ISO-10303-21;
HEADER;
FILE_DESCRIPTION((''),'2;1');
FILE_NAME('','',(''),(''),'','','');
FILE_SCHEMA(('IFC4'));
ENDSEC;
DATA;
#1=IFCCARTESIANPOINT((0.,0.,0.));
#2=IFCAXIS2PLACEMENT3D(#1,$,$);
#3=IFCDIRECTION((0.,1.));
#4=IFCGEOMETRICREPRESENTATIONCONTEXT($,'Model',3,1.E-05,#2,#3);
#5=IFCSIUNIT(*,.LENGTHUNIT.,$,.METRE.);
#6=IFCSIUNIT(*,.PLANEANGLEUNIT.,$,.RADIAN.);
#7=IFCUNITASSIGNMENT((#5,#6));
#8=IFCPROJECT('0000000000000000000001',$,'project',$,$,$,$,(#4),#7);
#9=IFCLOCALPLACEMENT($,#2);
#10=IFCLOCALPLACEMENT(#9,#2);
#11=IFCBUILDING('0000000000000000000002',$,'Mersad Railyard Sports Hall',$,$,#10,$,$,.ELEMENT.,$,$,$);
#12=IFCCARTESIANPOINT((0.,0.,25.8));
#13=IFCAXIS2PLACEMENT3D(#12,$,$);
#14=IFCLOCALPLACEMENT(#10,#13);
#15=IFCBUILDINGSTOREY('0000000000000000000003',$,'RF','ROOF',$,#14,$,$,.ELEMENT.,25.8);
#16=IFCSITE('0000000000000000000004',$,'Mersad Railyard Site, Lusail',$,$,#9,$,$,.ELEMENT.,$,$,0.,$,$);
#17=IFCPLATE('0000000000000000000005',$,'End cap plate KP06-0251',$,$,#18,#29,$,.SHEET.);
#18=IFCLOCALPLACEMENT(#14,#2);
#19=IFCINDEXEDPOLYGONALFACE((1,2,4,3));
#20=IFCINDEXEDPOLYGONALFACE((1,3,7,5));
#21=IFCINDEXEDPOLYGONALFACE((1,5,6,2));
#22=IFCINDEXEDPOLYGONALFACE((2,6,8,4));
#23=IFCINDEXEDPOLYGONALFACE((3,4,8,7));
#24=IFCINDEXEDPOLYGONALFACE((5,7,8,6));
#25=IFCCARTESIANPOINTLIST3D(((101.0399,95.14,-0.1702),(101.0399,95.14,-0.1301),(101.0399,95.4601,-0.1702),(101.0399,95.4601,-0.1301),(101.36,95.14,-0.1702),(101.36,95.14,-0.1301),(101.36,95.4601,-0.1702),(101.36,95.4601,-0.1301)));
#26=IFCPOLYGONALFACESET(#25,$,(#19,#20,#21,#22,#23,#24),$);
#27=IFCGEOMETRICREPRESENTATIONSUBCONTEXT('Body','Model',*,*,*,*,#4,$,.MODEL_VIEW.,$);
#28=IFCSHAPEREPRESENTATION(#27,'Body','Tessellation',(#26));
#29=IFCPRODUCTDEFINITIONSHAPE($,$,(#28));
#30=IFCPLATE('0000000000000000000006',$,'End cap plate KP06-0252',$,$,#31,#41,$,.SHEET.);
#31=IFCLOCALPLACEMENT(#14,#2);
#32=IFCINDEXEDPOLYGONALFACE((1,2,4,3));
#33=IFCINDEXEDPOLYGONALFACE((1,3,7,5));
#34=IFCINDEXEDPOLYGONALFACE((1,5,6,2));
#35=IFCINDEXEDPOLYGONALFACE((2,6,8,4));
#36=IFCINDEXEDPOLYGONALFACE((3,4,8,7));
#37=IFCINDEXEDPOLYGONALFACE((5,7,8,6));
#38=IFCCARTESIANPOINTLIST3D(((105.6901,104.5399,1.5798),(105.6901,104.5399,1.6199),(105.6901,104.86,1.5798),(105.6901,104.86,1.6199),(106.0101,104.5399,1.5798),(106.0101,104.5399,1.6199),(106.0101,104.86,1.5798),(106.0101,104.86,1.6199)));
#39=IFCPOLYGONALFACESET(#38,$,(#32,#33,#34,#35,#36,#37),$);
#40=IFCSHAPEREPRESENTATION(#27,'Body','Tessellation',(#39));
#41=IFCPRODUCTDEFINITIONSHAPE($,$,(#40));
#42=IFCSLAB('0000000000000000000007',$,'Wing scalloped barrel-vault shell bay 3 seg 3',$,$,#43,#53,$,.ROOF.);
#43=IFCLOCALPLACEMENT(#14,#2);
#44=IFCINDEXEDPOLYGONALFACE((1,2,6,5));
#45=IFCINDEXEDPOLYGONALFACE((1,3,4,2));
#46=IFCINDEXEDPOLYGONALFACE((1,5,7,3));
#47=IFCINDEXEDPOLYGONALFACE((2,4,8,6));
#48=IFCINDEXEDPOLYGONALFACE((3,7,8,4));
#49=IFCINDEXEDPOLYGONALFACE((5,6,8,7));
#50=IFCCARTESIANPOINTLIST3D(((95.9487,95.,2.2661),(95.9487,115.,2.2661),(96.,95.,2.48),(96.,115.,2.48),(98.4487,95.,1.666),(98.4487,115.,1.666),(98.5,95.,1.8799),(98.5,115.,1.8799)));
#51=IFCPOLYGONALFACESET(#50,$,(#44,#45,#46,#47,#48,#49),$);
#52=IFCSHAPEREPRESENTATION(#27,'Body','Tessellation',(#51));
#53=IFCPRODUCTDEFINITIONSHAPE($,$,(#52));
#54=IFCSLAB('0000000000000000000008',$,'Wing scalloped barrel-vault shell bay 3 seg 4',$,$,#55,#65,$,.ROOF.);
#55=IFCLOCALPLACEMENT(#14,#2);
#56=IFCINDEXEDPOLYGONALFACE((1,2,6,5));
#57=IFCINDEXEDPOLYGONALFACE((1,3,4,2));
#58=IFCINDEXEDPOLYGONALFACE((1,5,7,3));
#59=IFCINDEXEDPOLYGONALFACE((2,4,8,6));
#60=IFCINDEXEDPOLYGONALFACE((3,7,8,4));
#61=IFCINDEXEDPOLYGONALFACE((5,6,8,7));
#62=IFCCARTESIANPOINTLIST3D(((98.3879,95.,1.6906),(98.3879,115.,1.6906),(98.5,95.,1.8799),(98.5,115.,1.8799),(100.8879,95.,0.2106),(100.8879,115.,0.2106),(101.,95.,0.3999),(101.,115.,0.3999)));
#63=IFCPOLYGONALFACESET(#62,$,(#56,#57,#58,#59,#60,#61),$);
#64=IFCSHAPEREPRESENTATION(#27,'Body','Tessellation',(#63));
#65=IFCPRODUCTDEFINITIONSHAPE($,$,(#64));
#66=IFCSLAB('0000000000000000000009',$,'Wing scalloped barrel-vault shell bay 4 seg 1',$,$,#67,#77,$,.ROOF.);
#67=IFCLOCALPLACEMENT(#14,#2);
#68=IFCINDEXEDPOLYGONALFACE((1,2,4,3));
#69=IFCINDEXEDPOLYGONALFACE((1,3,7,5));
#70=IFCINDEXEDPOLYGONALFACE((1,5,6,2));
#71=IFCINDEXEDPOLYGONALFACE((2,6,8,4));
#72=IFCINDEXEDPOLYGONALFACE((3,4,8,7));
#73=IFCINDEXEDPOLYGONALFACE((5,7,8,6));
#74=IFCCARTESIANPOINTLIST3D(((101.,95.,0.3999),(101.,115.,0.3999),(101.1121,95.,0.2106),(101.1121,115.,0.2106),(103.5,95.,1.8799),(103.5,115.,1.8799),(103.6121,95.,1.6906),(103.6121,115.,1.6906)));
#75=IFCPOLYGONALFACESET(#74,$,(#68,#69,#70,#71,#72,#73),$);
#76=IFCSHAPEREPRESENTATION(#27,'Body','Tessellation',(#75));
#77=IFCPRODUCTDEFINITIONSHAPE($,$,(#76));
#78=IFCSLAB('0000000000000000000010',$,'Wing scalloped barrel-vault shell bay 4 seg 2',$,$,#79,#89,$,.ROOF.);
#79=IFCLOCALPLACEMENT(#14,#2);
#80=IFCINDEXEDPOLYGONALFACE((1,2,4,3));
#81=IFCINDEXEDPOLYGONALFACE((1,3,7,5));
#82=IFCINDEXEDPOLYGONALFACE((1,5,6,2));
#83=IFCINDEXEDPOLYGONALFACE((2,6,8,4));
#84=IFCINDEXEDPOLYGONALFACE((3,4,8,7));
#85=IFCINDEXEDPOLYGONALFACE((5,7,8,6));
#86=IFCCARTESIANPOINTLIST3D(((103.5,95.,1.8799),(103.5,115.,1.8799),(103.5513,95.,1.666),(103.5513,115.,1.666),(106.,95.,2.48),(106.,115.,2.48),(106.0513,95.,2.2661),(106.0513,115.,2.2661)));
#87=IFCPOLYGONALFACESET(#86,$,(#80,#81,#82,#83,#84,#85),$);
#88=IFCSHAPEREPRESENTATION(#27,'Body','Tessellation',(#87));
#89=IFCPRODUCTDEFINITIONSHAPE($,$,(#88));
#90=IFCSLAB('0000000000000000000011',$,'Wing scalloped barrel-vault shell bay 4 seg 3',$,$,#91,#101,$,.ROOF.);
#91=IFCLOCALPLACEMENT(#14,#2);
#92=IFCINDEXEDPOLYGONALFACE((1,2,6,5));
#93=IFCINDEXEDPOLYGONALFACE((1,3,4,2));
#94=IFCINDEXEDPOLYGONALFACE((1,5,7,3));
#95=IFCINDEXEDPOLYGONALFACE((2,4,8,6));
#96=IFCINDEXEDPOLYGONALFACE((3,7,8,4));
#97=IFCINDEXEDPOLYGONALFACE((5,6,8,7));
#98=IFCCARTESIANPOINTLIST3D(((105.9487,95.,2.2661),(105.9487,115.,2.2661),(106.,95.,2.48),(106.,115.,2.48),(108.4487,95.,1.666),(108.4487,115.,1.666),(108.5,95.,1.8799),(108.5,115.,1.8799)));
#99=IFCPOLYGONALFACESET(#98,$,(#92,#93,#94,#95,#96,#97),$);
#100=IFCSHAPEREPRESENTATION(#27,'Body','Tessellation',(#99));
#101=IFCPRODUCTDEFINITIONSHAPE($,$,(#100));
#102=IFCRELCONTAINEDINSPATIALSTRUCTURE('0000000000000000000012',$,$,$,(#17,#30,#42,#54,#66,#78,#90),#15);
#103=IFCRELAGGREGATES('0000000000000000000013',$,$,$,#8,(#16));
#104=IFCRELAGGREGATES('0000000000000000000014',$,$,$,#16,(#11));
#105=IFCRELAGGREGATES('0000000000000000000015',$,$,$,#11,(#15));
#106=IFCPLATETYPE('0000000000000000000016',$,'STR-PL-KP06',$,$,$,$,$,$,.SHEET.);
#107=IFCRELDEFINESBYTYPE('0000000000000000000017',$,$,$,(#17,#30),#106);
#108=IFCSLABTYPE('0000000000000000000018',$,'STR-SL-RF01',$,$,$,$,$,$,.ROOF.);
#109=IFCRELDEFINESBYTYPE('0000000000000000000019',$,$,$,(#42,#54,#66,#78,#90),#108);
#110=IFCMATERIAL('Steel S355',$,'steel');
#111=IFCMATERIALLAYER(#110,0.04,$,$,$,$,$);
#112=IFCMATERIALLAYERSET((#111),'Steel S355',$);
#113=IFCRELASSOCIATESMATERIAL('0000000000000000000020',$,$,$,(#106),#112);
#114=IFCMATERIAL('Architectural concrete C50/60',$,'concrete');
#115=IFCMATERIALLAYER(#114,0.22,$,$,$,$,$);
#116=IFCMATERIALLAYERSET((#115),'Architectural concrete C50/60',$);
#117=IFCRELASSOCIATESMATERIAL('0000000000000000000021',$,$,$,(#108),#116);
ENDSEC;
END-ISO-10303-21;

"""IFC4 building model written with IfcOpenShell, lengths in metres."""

from ifc_helpers import new_model, si_unit, direction, frame, origin, origin_2d, place, context, subcontext, project, spatial, polyline, rectangle, outline, extrude, material, layer, layer_set, type_object, element, save


model = new_model("IFC4")

# Units and contexts
model_context = context("Model", 3, precision=1e-05, world=origin(), true_north=direction((0.0, 1.0)))
body_context = subcontext(model_context, "Body", "Model", "MODEL_VIEW")
ifc_project = project(units=[si_unit("LENGTHUNIT", "METRE"), si_unit("PLANEANGLEUNIT", "RADIAN")], contexts=[model_context])

# Site, building, storey
site_placement = place(None, origin())
site = spatial("IfcSite", under=ifc_project, at=site_placement, Name="Mersad Railyard Site, Lusail", CompositionType="ELEMENT", RefElevation=0.0)
building_placement = place(site_placement, origin())
building = spatial("IfcBuilding", under=site, at=building_placement, Name="Mersad Railyard Sports Hall", CompositionType="ELEMENT")
storey_placement = place(building_placement, frame((0.0, 0.0, 25.8)))
storey = spatial("IfcBuildingStorey", under=building, at=storey_placement, Name="RF", Description="ROOF", CompositionType="ELEMENT", Elevation=25.8)

# Shared definitions
ifc_material_1 = material(Name="Steel S355", Category="steel")
ifc_material_2 = material(Name="Architectural concrete C50/60", Category="concrete")

# Plates
ifc_layer_1 = layer(ifc_material_1, 0.04)
ifc_layer_set_1 = layer_set([ifc_layer_1], Name="Steel S355")
plate_type = type_object("IfcPlateType", Name="STR-PL-KP06", PredefinedType="SHEET", material=ifc_layer_set_1)
for number, where, z_axis, x_axis, name in (
    (1, (101.2, 95.3, -0.1702), (0.0, 0.0, 1.0), (1.0, 0.0, 0.0), "End cap plate KP06-0251"),
    (2, (105.8501, 104.7, 1.5798), (0.0, 0.0, 1.0), (1.0, 0.0, 0.0), "End cap plate KP06-0252"),
):
    element("IfcPlate", number, at=place(storey_placement, frame(where, z_axis=z_axis, x_axis=x_axis)), inside=storey, type_object=plate_type, Name=name, PredefinedType="SHEET", context=body_context, shape_type="SweptSolid", body=[
        extrude(rectangle(XDim=0.3201, YDim=0.3201, at=origin_2d()), origin(), (0.0, 0.0, 1.0), 0.04),
    ])

# Slabs
ifc_layer_2 = layer(ifc_material_2, 0.22)
ifc_layer_set_2 = layer_set([ifc_layer_2], Name="Architectural concrete C50/60")
slab_type = type_object("IfcSlabType", Name="STR-SL-RF01", PredefinedType="ROOF", material=ifc_layer_set_2)
slab_placement = place(storey_placement, frame((96.0, 95.0, 2.48), z_axis=(0.233409, 0.0, 0.972379), x_axis=(0.972379, 0.0, -0.233409)))
element("IfcSlab", 3, at=slab_placement, inside=storey, type_object=slab_type, Name="Wing scalloped barrel-vault shell bay 3 seg 3", PredefinedType="ROOF", context=body_context, shape_type="SweptSolid", body=[
    extrude(outline(polyline([(0.0, 0.0), (2.571, 0.0), (2.571, 20.0), (0.0, 20.0), (0.0, 0.0)])), origin(), (0.0, 0.0, -1.0), 0.22),
])
for number, where, z_axis, x_axis, name in (
    (4, (98.5, 95.0, 1.8799), (0.50942, 0.0, 0.860518), (0.860518, 0.0, -0.50942), "Wing scalloped barrel-vault shell bay 3 seg 4"),
    (5, (101.0, 95.0, 0.3999), (-0.50942, 0.0, 0.860518), (0.860518, 0.0, 0.50942), "Wing scalloped barrel-vault shell bay 4 seg 1"),
):
    element("IfcSlab", number, at=place(storey_placement, frame(where, z_axis=z_axis, x_axis=x_axis)), inside=storey, type_object=slab_type, Name=name, PredefinedType="ROOF", context=body_context, shape_type="SweptSolid", body=[
        extrude(outline(polyline([(0.0, 0.0), (2.9052, 0.0), (2.9052, 20.0), (0.0, 20.0), (0.0, 0.0)])), origin(), (0.0, 0.0, -1.0), 0.22),
    ])
for number, where, z_axis, x_axis, name in (
    (6, (103.5, 95.0, 1.8799), (-0.233409, 0.0, 0.972379), (0.972379, 0.0, 0.233409), "Wing scalloped barrel-vault shell bay 4 seg 2"),
    (7, (106.0, 95.0, 2.48), (0.233409, 0.0, 0.972379), (0.972379, 0.0, -0.233409), "Wing scalloped barrel-vault shell bay 4 seg 3"),
):
    element("IfcSlab", number, at=place(storey_placement, frame(where, z_axis=z_axis, x_axis=x_axis)), inside=storey, type_object=slab_type, Name=name, PredefinedType="ROOF", context=body_context, shape_type="SweptSolid", body=[
        extrude(outline(polyline([(0.0, 0.0), (2.571, 0.0), (2.571, 20.0), (0.0, 20.0), (0.0, 0.0)])), origin(), (0.0, 0.0, -1.0), 0.22),
    ])

save(model, "model.ifc")
